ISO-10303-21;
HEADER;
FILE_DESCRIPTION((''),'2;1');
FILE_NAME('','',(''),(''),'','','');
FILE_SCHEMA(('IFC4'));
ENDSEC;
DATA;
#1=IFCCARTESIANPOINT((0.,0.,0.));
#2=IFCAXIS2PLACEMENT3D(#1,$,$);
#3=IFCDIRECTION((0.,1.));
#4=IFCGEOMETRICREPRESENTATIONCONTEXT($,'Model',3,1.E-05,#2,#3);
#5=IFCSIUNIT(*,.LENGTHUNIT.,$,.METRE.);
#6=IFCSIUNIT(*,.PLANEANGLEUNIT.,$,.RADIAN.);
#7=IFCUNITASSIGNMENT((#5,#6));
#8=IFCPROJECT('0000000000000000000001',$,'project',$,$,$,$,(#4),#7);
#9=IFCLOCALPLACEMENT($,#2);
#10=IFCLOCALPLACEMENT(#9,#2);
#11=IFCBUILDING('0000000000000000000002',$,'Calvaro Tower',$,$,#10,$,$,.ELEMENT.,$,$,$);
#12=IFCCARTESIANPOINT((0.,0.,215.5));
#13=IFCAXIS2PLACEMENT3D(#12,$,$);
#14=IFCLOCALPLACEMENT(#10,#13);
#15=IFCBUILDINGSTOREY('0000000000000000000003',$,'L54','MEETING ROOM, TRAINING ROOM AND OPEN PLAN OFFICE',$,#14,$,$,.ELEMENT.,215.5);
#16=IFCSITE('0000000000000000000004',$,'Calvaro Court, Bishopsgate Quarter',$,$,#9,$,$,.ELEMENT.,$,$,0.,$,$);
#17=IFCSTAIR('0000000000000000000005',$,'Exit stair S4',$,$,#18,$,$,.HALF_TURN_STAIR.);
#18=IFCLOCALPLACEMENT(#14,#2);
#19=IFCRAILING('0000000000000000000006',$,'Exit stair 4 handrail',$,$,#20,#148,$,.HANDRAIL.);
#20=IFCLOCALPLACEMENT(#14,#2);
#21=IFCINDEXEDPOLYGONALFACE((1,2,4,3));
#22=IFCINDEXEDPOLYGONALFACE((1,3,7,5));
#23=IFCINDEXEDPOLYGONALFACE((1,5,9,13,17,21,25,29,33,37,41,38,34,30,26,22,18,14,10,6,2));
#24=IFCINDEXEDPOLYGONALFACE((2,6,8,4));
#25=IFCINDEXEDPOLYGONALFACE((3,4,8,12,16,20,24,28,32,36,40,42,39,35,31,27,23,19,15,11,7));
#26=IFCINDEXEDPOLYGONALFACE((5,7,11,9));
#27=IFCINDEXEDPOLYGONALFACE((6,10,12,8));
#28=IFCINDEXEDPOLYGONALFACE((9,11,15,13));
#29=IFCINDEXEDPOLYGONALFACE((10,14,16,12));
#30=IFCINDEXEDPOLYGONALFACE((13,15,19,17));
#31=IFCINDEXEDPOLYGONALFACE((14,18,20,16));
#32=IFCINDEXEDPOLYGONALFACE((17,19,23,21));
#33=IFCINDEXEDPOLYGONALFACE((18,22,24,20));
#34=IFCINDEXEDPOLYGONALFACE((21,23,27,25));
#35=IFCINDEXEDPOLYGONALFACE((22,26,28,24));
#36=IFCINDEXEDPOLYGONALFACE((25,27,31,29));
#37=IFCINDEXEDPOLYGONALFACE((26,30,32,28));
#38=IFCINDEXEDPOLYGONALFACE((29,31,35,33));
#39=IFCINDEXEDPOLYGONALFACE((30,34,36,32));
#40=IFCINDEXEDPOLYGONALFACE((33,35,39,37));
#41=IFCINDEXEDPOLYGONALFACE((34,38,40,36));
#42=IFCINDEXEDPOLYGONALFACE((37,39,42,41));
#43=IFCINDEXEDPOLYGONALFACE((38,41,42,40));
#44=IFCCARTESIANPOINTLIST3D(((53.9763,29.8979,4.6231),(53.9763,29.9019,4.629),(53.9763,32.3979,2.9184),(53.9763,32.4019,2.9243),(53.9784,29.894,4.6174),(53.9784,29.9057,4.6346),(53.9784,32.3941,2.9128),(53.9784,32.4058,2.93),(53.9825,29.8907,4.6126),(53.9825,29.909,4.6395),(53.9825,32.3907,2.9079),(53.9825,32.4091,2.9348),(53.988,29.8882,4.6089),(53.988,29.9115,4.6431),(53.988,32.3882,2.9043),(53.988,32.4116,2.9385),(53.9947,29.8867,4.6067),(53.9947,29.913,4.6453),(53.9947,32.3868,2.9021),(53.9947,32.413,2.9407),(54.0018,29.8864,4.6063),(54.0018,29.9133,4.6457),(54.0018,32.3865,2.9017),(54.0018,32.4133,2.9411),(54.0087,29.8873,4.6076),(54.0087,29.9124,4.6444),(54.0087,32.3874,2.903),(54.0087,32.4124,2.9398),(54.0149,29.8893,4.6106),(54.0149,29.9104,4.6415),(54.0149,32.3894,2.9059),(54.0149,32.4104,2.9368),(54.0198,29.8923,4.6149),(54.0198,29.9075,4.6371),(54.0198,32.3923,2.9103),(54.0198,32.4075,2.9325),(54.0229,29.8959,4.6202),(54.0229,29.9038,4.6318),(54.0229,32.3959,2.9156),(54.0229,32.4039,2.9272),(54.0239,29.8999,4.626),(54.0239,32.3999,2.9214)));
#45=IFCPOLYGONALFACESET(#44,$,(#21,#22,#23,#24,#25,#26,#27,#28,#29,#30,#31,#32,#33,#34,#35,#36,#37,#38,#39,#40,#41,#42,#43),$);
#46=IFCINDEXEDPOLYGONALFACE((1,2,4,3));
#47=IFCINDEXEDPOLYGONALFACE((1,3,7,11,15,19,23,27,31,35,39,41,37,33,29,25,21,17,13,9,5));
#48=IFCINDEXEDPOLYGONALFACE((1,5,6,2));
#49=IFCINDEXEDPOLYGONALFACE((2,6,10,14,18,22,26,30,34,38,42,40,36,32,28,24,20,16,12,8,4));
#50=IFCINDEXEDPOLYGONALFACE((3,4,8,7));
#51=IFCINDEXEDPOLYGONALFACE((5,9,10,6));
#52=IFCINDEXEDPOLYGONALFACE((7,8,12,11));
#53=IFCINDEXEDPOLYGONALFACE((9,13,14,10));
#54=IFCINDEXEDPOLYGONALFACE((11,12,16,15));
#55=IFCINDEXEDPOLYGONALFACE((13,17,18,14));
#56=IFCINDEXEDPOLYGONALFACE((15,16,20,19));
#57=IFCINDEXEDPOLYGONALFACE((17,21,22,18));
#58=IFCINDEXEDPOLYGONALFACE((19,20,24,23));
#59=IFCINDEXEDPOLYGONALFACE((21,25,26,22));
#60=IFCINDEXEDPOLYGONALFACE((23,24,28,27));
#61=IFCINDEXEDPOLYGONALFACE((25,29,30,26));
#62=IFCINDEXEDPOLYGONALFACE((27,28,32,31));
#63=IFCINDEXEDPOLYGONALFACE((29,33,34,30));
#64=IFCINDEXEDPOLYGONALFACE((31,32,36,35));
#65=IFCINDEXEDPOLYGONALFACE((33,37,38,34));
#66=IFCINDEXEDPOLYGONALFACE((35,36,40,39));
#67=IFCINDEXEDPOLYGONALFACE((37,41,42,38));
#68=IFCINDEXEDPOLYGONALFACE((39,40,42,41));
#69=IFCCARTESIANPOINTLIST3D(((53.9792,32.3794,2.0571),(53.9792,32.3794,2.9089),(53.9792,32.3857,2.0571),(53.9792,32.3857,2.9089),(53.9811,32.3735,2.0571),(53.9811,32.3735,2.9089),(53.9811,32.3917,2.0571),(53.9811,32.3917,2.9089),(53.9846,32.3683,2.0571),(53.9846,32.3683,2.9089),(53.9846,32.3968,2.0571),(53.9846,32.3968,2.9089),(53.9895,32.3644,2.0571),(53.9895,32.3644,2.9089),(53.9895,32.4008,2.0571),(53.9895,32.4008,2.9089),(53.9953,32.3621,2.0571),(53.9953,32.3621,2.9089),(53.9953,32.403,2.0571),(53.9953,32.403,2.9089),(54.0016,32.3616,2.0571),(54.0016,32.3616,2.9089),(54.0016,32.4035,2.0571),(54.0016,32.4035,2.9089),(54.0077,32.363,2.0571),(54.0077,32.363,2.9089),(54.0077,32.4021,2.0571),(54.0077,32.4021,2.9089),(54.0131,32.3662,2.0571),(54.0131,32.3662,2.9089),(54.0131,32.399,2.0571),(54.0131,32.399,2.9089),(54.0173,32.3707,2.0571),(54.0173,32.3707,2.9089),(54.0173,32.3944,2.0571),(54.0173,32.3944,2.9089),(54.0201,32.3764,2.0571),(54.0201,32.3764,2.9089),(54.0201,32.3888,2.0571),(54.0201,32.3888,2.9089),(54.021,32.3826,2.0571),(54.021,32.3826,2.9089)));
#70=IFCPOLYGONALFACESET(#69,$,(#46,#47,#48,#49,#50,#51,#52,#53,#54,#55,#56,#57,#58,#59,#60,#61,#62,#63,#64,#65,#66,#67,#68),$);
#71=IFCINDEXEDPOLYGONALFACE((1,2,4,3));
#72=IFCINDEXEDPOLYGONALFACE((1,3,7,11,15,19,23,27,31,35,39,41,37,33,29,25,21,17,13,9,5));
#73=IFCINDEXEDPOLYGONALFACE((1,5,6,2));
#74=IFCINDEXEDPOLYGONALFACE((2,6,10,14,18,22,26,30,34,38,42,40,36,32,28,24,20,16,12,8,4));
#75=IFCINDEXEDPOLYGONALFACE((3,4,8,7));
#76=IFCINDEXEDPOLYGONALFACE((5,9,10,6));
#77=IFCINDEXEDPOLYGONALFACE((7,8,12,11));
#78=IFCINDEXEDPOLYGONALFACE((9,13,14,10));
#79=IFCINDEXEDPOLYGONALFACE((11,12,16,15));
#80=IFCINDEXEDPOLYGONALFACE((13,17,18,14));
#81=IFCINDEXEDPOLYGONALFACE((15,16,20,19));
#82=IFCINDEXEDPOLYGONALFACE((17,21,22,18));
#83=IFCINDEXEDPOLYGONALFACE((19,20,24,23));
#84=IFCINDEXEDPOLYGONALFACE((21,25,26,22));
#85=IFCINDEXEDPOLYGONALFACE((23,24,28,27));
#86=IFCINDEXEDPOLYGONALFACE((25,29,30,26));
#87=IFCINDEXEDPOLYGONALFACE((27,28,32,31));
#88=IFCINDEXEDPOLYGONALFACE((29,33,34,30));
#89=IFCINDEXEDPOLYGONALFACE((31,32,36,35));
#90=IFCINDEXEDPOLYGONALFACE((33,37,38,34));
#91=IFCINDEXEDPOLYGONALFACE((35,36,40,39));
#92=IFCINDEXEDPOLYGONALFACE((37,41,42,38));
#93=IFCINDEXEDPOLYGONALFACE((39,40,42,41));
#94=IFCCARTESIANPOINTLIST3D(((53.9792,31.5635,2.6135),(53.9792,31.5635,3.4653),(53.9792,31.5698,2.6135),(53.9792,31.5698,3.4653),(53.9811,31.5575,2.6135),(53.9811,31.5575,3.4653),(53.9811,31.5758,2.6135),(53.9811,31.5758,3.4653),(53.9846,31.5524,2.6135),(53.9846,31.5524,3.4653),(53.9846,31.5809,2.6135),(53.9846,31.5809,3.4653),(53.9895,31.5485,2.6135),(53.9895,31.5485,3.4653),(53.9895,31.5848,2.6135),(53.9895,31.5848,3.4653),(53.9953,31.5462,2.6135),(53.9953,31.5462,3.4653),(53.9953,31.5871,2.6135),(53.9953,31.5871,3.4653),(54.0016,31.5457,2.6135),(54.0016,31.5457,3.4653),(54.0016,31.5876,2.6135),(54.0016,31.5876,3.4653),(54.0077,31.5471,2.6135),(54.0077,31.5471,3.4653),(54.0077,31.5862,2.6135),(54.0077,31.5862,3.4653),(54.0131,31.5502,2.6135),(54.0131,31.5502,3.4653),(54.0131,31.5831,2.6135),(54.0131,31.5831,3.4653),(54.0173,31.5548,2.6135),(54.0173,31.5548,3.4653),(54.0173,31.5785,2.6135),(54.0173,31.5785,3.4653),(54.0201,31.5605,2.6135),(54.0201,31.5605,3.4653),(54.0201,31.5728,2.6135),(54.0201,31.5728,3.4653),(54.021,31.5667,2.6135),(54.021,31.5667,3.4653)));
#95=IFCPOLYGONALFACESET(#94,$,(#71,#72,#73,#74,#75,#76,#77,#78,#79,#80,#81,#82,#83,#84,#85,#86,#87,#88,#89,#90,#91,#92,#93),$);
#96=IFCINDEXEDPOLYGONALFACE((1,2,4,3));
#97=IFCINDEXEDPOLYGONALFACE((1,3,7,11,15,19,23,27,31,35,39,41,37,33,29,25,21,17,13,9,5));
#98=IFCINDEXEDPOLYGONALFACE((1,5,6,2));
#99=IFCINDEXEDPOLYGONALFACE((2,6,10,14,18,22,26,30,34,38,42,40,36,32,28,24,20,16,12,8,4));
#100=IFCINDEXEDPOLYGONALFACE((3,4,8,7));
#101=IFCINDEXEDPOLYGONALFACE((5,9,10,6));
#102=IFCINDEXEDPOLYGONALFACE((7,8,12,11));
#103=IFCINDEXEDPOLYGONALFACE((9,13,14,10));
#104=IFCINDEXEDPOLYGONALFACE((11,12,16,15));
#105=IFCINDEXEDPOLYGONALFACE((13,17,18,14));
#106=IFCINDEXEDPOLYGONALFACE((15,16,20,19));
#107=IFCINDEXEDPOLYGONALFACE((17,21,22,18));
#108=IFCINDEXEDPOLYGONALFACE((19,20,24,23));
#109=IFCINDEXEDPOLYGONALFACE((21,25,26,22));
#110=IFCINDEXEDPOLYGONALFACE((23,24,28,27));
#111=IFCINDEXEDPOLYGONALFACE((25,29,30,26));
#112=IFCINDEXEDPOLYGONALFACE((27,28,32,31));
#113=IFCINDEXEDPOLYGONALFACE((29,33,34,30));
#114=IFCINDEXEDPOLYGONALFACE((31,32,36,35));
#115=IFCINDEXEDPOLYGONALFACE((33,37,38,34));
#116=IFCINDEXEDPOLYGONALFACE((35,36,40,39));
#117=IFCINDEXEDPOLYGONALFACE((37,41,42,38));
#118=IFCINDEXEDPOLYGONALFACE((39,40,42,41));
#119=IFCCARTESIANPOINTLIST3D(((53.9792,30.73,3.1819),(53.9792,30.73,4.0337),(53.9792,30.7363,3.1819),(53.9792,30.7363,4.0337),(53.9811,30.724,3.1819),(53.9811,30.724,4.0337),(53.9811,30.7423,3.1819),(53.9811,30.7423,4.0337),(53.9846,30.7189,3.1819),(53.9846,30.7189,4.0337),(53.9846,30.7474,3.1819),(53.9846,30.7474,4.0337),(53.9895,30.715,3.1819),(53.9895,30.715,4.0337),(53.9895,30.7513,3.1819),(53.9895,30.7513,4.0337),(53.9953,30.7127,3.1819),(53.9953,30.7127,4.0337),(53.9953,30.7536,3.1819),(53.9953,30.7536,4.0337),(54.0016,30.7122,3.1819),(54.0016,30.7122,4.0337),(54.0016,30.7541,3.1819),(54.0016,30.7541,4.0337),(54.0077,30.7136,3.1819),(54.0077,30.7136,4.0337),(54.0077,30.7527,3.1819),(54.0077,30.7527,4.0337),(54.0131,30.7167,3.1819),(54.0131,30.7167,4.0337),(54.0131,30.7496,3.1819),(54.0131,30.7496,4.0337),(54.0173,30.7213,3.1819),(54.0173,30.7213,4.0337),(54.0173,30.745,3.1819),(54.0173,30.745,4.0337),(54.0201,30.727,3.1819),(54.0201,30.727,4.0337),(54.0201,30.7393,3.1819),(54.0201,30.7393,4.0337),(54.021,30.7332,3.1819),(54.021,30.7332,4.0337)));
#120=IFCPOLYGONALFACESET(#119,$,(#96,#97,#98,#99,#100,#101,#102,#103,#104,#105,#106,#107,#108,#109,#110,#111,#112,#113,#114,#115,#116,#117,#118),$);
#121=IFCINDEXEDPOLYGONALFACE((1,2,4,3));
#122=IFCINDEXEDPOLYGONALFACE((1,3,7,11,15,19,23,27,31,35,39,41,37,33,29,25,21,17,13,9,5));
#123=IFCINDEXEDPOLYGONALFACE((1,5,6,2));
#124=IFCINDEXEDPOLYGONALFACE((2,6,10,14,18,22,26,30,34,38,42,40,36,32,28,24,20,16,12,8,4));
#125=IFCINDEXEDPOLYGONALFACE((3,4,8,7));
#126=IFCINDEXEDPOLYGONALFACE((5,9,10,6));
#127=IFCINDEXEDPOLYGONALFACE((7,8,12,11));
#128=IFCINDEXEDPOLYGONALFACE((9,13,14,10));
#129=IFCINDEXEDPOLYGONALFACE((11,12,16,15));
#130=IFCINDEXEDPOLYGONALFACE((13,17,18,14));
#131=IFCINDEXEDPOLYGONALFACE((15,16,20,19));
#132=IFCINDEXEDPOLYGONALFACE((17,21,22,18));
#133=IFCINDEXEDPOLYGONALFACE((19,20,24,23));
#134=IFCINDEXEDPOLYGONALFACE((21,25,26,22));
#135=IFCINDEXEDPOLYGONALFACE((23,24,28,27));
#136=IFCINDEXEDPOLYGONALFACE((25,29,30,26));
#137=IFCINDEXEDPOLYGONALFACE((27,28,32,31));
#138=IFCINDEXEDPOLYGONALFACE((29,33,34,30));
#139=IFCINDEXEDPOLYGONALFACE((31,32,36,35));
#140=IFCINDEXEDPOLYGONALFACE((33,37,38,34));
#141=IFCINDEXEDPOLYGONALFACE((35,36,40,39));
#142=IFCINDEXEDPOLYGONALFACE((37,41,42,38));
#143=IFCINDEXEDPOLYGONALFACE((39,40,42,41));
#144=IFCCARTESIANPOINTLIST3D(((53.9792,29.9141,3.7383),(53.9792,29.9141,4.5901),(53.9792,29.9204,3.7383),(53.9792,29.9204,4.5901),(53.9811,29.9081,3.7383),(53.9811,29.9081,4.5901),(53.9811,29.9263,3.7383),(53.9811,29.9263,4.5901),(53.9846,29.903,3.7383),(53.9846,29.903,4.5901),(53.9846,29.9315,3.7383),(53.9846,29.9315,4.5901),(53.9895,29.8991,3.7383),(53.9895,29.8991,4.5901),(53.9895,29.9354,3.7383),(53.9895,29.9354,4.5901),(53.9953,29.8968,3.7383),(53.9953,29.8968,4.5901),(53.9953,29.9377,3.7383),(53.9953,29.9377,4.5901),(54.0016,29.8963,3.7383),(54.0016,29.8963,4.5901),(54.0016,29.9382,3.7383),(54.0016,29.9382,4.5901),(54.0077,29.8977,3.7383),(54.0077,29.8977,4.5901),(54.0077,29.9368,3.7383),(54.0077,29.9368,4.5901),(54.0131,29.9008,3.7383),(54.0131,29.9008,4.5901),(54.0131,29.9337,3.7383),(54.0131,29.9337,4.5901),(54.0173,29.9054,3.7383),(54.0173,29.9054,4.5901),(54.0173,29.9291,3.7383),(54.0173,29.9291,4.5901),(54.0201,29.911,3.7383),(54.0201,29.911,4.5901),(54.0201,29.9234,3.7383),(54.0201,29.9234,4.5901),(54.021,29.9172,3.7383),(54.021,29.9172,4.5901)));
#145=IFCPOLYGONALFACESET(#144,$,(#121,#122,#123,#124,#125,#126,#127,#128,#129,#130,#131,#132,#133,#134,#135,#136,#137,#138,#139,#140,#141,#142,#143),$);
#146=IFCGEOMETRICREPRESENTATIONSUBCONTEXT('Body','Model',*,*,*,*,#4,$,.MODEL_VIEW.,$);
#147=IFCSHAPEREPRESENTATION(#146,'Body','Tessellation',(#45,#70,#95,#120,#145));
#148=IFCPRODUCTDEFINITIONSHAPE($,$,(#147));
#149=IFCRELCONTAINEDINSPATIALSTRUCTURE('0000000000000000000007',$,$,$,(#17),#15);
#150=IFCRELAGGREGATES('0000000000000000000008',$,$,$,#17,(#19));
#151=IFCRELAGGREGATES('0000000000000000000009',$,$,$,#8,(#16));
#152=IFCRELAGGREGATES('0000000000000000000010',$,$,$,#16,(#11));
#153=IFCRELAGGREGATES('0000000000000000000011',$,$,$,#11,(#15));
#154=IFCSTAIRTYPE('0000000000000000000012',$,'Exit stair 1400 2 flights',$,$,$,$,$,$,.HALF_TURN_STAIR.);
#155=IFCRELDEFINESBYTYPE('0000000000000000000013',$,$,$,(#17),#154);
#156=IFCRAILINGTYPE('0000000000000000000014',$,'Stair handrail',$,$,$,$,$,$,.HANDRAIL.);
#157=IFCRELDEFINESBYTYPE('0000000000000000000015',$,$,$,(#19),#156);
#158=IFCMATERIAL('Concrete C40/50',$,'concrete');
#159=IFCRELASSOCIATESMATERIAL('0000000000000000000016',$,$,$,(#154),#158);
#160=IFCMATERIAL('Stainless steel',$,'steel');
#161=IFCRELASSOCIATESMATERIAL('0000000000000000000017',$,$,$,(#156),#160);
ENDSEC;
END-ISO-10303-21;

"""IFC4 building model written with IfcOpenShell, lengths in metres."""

from ifc_helpers import new_model, si_unit, direction, frame, origin, origin_2d, place, context, subcontext, project, spatial, circle, extrude, material, type_object, element, aggregate, save


model = new_model("IFC4")

# Units and contexts
model_context = context("Model", 3, precision=1e-05, world=origin(), true_north=direction((0.0, 1.0)))
body_context = subcontext(model_context, "Body", "Model", "MODEL_VIEW")
ifc_project = project(units=[si_unit("LENGTHUNIT", "METRE"), si_unit("PLANEANGLEUNIT", "RADIAN")], contexts=[model_context])

# Site, building, storey
site_placement = place(None, origin())
site = spatial("IfcSite", under=ifc_project, at=site_placement, Name="Calvaro Court, Bishopsgate Quarter", CompositionType="ELEMENT", RefElevation=0.0)
building_placement = place(site_placement, origin())
building = spatial("IfcBuilding", under=site, at=building_placement, Name="Calvaro Tower", CompositionType="ELEMENT")
storey_placement = place(building_placement, frame((0.0, 0.0, 215.5)))
storey = spatial("IfcBuildingStorey", under=building, at=storey_placement, Name="L54", Description="MEETING ROOM, TRAINING ROOM AND OPEN PLAN OFFICE", CompositionType="ELEMENT", Elevation=215.5)

# Shared definitions
ifc_material_1 = material(Name="Concrete C40/50", Category="concrete")
stair_type = type_object("IfcStairType", Name="Exit stair 1400 2 flights", PredefinedType="HALF_TURN_STAIR", material=ifc_material_1)

# Stair, railing
stair_1_placement = place(storey_placement, origin())
stair_1 = element("IfcStair", 1, at=stair_1_placement, inside=storey, type_object=stair_type, Name="Exit stair S4", PredefinedType="HALF_TURN_STAIR")
ifc_material_2 = material(Name="Stainless steel", Category="steel")
railing_type = type_object("IfcRailingType", Name="Stair handrail", PredefinedType="HANDRAIL", material=ifc_material_2)
railing_1_placement = place(storey_placement, frame((54.0, 32.3999, 2.0454)))
railing_1 = element("IfcRailing", 2, at=railing_1_placement, type_object=railing_type, Name="Exit stair 4 handrail", PredefinedType="HANDRAIL", context=body_context, shape_type="SweptSolid", body=[
    extrude(circle(Radius=0.0239, at=origin_2d()), frame((0.0, 0.0, 0.876), z_axis=(0.0, -0.826221, 0.563347), x_axis=(1.0, 0.0, 0.0)), (0.0, 0.0, 1.0), 3.0259),
    extrude(circle(Radius=0.021, at=origin_2d()), frame((0.0, -0.0173, 0.0117)), (0.0, 0.0, 1.0), 0.8518),
    extrude(circle(Radius=0.021, at=origin_2d()), frame((0.0, -0.8333, 0.5681)), (0.0, 0.0, 1.0), 0.8518),
    extrude(circle(Radius=0.021, at=origin_2d()), frame((0.0, -1.6667, 1.1365)), (0.0, 0.0, 1.0), 0.8518),
    extrude(circle(Radius=0.021, at=origin_2d()), frame((0.0, -2.4827, 1.6929)), (0.0, 0.0, 1.0), 0.8518),
])
aggregate(stair_1, [railing_1])

save(model, "model.ifc")
